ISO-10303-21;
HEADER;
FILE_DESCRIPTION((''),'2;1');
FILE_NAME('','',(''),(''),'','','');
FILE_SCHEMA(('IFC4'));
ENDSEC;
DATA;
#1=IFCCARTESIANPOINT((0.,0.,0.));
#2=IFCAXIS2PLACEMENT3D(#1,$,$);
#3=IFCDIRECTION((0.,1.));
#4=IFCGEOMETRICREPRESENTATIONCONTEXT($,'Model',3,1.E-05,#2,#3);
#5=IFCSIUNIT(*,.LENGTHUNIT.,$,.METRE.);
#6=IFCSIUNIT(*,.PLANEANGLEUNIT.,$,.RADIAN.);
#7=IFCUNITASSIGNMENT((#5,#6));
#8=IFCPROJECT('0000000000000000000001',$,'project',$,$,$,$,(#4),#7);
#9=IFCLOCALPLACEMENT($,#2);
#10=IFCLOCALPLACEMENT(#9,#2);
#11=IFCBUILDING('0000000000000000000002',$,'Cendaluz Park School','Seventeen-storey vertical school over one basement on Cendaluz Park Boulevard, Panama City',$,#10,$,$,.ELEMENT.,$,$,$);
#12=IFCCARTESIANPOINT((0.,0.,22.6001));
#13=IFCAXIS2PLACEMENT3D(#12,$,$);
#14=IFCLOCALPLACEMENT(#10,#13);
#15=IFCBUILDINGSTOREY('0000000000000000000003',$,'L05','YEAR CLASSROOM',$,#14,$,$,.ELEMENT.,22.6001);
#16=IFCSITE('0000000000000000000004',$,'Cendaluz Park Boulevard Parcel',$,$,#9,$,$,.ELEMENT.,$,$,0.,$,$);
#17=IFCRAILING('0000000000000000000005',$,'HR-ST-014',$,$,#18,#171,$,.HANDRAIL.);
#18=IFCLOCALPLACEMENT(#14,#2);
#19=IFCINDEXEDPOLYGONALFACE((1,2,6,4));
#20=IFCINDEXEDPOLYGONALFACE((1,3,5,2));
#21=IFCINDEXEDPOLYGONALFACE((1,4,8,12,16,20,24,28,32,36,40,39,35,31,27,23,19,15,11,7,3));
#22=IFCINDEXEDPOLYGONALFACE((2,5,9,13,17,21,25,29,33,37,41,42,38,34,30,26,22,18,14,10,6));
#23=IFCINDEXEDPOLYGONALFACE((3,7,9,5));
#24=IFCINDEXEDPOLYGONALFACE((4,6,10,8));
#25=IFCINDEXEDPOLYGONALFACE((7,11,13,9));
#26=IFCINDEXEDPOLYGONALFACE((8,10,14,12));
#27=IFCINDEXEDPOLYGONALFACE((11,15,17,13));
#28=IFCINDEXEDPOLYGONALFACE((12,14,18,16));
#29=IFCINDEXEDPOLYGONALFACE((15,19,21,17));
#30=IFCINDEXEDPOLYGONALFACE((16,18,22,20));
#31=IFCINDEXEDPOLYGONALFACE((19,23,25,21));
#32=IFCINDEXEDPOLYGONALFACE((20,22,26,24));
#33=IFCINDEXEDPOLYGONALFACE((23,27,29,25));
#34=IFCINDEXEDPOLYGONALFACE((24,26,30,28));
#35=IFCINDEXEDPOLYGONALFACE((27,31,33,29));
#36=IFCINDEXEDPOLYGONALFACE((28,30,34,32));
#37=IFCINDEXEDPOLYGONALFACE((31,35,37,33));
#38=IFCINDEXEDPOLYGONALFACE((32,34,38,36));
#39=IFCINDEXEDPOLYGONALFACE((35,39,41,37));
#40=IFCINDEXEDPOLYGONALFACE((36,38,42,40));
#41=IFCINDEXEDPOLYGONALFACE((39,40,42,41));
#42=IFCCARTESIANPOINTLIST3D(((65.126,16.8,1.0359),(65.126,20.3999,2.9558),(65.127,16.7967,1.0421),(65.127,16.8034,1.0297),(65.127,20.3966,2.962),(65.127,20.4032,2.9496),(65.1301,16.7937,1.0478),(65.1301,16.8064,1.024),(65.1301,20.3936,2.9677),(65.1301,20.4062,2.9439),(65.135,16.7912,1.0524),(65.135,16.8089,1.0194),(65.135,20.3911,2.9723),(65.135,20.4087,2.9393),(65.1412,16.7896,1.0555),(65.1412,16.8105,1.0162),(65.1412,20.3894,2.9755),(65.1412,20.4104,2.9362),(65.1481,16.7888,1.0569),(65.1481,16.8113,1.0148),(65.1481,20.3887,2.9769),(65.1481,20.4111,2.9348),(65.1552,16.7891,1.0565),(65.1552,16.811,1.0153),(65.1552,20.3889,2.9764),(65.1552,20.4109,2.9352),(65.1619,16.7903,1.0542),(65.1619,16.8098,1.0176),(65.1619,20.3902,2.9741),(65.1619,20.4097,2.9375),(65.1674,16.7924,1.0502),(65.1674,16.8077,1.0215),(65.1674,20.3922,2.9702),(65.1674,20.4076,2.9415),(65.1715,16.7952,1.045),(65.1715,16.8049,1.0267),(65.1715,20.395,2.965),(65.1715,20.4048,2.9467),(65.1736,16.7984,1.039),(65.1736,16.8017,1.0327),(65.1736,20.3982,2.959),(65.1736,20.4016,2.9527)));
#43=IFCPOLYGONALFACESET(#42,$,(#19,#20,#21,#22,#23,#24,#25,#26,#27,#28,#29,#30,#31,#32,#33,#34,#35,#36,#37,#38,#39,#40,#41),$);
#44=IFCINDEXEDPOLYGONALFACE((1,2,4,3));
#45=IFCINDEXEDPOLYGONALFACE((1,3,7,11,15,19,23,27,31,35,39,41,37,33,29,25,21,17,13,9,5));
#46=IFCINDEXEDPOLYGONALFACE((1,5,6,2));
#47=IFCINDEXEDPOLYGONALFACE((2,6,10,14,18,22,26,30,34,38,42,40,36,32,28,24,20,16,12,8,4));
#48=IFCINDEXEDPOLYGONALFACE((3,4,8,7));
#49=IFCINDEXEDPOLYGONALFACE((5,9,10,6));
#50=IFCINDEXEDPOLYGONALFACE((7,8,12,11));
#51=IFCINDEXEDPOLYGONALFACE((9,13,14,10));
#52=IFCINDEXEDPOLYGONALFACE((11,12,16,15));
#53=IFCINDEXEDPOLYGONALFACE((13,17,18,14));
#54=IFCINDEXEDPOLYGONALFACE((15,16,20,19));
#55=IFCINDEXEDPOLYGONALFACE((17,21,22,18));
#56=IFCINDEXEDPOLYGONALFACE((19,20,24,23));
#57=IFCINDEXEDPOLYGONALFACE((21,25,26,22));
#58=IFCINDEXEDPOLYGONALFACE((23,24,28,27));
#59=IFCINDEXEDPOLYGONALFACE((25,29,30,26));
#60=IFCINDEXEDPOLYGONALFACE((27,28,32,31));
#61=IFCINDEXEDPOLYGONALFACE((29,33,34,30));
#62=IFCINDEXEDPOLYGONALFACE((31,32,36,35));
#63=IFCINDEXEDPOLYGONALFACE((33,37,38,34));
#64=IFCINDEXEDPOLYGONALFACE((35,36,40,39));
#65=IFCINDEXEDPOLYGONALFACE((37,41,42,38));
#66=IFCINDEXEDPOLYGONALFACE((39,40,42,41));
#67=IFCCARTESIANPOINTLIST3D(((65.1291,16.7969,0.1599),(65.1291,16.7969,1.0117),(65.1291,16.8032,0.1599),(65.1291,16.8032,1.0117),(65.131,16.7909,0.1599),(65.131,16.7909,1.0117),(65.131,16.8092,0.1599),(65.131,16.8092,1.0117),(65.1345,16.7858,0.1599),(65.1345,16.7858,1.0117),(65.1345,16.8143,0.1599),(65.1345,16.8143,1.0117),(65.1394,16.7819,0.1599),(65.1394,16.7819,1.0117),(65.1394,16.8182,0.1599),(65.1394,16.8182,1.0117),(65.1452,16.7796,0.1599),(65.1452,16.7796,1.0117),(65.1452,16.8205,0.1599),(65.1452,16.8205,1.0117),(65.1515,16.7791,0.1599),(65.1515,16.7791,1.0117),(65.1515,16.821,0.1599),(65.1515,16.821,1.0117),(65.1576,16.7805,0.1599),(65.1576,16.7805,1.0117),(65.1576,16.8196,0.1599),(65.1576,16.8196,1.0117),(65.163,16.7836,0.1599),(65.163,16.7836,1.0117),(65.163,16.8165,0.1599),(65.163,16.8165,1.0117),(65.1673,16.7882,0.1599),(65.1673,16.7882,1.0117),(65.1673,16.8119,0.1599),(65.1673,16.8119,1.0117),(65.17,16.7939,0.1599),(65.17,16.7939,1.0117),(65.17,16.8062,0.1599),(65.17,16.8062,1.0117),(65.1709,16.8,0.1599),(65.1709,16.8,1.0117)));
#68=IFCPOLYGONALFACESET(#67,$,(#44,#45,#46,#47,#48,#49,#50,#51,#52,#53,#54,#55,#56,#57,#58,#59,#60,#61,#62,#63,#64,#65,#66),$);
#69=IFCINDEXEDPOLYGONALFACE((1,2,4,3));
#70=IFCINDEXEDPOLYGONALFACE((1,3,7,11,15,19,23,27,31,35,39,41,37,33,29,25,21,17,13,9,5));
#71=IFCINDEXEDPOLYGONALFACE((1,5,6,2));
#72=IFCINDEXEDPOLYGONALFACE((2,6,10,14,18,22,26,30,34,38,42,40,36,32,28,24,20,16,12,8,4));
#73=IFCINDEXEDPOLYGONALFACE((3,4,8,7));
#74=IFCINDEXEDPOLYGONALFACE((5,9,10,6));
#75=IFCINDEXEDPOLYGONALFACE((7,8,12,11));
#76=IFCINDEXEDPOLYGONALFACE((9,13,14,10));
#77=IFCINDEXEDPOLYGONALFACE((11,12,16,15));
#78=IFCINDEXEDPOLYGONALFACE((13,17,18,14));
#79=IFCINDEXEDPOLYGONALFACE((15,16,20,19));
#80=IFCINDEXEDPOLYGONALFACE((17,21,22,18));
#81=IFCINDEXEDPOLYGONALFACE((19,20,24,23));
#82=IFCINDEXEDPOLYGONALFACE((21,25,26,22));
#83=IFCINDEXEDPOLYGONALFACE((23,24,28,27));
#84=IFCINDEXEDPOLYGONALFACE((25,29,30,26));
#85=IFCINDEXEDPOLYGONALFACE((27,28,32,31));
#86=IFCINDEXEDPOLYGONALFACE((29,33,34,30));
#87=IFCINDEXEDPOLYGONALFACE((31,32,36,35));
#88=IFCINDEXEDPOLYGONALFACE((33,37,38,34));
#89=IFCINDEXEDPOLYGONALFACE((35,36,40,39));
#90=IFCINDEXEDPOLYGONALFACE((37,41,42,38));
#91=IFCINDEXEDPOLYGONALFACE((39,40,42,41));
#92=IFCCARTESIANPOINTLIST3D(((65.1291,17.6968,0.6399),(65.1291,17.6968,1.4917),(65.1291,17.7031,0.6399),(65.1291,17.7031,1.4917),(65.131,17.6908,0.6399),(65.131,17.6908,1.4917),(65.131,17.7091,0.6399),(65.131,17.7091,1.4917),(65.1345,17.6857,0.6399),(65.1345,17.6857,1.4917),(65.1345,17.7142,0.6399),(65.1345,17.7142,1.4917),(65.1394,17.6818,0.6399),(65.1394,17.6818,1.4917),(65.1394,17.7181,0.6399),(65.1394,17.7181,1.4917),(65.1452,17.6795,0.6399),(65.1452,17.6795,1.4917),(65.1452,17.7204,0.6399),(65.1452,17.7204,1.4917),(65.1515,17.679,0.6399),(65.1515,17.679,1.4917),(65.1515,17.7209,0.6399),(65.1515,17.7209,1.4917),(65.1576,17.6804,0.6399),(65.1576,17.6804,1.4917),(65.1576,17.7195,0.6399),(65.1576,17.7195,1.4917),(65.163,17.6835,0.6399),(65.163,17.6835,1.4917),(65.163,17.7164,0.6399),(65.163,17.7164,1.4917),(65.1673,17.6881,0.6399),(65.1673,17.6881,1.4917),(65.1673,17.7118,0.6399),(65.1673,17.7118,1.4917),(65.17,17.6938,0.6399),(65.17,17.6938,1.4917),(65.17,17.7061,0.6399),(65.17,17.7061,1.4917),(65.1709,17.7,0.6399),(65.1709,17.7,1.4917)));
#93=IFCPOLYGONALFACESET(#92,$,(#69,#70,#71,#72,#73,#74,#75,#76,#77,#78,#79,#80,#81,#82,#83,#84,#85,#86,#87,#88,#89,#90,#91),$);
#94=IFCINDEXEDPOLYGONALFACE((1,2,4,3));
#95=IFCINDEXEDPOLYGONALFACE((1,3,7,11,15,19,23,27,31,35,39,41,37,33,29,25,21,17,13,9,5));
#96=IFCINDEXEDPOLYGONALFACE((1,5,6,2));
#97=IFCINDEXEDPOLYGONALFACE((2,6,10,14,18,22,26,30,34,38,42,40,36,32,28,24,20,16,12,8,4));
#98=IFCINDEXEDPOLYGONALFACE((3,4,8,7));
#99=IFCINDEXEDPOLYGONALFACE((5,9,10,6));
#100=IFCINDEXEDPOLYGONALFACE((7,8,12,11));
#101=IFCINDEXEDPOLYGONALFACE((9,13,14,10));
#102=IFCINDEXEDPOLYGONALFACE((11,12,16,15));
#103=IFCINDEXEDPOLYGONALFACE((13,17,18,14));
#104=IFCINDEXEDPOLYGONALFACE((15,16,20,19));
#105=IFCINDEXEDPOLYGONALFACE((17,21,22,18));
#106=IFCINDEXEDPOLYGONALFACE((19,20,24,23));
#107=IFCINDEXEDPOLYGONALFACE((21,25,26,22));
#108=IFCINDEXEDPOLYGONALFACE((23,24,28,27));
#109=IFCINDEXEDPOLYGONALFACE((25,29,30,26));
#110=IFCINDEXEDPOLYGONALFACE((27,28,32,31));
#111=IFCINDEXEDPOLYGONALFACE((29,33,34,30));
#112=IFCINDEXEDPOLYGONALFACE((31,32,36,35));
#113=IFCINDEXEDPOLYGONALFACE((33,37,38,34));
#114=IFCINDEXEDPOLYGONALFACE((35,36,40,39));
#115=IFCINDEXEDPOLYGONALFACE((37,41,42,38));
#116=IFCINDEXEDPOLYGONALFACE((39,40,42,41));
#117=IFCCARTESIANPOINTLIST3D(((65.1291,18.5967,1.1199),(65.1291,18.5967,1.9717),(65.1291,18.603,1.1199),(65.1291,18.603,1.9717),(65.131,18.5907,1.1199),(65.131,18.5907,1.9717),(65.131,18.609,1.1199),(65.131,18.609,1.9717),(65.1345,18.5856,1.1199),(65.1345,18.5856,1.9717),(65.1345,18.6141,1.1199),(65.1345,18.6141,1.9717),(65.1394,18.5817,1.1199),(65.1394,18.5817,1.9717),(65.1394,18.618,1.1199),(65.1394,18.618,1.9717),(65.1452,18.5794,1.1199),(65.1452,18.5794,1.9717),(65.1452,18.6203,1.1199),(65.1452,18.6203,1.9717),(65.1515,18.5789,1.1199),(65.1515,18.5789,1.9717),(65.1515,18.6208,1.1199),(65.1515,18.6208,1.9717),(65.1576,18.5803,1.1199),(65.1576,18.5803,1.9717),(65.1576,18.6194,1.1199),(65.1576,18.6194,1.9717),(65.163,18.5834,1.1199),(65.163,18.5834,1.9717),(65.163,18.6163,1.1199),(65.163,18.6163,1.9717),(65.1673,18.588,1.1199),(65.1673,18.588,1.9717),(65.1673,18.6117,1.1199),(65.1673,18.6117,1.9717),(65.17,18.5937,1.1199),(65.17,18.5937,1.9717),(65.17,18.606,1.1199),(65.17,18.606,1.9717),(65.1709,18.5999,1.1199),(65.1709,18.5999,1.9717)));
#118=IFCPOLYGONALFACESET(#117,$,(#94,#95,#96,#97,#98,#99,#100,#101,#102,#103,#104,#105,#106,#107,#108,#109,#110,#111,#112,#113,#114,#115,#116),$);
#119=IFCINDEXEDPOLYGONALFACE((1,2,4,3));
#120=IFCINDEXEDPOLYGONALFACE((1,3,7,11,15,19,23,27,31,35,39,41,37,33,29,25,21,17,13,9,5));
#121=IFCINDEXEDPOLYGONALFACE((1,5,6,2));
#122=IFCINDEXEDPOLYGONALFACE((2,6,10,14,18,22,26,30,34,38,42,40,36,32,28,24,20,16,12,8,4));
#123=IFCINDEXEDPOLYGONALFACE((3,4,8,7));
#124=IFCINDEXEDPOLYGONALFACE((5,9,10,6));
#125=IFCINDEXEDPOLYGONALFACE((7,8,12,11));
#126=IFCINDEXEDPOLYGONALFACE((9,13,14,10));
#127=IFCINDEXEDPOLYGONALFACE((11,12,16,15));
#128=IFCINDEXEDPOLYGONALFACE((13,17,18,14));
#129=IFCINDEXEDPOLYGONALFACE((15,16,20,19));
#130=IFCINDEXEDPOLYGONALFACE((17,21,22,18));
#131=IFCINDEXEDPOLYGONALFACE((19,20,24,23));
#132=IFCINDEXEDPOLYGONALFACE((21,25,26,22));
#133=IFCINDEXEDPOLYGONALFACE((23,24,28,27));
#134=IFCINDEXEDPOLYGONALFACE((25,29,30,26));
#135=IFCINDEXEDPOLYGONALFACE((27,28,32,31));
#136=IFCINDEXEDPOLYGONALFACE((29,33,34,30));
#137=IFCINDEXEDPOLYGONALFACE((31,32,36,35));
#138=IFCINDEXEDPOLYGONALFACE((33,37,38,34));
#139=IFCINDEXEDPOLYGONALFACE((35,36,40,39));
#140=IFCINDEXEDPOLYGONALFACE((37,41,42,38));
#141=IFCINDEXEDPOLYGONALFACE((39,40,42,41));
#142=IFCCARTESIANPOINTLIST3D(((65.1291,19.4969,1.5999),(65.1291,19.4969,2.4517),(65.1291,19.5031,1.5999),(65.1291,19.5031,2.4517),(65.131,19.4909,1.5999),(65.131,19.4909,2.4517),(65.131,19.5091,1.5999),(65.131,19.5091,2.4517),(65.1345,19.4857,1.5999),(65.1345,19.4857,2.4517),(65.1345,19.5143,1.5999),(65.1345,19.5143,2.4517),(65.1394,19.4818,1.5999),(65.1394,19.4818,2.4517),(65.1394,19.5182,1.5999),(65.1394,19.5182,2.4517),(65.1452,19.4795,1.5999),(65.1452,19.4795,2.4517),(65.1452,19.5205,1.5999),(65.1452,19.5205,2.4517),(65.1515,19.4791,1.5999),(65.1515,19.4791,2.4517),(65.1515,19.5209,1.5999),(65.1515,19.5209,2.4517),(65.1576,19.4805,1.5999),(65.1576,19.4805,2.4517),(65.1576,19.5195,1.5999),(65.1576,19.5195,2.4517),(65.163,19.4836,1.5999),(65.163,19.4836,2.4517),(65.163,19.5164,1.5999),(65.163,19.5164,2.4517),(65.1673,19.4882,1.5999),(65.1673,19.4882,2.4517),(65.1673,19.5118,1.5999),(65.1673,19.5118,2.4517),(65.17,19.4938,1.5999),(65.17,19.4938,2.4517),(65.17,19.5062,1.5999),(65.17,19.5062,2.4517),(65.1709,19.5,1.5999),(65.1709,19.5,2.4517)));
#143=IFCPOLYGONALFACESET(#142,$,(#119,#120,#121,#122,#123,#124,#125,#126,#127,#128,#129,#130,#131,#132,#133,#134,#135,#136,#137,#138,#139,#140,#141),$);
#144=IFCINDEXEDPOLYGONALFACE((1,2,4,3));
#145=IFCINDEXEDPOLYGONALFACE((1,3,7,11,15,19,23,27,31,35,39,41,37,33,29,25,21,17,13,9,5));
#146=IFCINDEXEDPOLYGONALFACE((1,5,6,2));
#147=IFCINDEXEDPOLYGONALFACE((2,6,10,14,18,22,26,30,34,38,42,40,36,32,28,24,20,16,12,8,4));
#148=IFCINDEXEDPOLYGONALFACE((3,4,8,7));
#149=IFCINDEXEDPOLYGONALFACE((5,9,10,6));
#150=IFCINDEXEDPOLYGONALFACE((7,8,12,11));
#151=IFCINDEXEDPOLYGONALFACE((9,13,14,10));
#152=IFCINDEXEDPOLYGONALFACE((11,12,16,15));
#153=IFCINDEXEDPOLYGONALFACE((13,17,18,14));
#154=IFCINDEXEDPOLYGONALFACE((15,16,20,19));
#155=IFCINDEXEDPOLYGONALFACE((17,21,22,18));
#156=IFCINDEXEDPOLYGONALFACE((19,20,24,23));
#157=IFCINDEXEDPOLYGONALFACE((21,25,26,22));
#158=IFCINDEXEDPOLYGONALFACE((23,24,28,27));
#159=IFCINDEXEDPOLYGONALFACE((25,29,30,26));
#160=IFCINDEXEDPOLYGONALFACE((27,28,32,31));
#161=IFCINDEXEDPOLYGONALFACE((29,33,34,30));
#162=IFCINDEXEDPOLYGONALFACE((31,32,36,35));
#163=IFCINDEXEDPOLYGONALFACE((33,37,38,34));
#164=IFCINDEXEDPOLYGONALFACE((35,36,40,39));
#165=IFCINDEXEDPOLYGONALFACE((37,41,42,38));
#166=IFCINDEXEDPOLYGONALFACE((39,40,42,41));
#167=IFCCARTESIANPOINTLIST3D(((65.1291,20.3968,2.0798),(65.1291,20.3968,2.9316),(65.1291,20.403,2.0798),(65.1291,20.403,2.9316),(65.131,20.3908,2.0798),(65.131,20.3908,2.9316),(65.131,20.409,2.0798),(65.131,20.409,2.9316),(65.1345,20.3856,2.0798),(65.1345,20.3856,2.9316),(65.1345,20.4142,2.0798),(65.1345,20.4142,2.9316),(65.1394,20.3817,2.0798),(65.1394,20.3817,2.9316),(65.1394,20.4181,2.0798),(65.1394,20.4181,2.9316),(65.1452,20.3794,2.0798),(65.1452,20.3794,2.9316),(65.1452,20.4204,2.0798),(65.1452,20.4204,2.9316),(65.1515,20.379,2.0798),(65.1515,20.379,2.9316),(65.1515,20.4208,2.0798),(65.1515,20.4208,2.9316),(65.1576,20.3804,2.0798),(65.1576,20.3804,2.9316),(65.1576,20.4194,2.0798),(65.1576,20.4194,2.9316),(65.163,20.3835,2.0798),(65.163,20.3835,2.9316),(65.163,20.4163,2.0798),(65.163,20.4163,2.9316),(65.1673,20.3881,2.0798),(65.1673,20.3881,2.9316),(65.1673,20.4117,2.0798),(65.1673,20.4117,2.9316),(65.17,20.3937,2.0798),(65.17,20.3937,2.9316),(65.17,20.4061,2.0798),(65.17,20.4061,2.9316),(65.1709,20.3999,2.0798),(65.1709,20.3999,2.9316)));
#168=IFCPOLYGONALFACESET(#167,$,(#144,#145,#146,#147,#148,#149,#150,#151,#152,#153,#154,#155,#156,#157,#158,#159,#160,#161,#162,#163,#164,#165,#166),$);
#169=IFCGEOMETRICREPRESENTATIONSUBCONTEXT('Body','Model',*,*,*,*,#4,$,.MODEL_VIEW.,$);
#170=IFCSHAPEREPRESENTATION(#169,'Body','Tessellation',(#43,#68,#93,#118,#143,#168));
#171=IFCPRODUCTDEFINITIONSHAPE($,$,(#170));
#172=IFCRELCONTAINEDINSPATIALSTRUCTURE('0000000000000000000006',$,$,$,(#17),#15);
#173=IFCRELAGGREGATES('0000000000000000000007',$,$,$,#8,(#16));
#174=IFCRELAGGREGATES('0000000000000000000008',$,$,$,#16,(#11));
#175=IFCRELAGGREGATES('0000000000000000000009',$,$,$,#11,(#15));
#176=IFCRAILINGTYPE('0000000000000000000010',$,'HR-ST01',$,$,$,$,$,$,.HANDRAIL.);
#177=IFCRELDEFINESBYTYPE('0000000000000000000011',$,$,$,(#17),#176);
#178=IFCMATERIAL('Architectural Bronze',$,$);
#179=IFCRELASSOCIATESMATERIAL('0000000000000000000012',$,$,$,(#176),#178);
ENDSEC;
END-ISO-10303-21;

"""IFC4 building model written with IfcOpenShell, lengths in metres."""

from ifc_helpers import new_model, si_unit, direction, frame, origin, origin_2d, place, context, subcontext, project, spatial, circle, extrude, material, type_object, element, save


model = new_model("IFC4")

# Units and contexts
model_context = context("Model", 3, precision=1e-05, world=origin(), true_north=direction((0.0, 1.0)))
body_context = subcontext(model_context, "Body", "Model", "MODEL_VIEW")
ifc_project = project(units=[si_unit("LENGTHUNIT", "METRE"), si_unit("PLANEANGLEUNIT", "RADIAN")], contexts=[model_context])

# Site, building, storey
site_placement = place(None, origin())
site = spatial("IfcSite", under=ifc_project, at=site_placement, Name="Cendaluz Park Boulevard Parcel", CompositionType="ELEMENT", RefElevation=0.0)
building_placement = place(site_placement, origin())
building = spatial("IfcBuilding", under=site, at=building_placement, Name="Cendaluz Park School", Description="Seventeen-storey vertical school over one basement on Cendaluz Park Boulevard, Panama City", CompositionType="ELEMENT")
storey_placement = place(building_placement, frame((0.0, 0.0, 22.6001)))
storey = spatial("IfcBuildingStorey", under=building, at=storey_placement, Name="L05", Description="YEAR CLASSROOM", CompositionType="ELEMENT", Elevation=22.6001)

# Railing
ifc_material_1 = material(Name="Architectural Bronze")
railing_type_1 = type_object("IfcRailingType", Name="HR-ST01", PredefinedType="HANDRAIL", material=ifc_material_1)
railing_1_placement = place(storey_placement, frame((65.1499, 16.8, 0.1599)))
element("IfcRailing", 1, at=railing_1_placement, inside=storey, type_object=railing_type_1, Name="HR-ST-014", PredefinedType="HANDRAIL", context=body_context, shape_type="SweptSolid", body=[
    extrude(circle(Radius=0.0239, at=origin_2d()), frame((0.0, 0.0, 0.876), z_axis=(0.0, 0.882353, 0.470588), x_axis=(-1.0, 0.0, 0.0)), (0.0, 0.0, 1.0), 4.0798),
    extrude(circle(Radius=0.021, at=origin_2d()), origin(), (0.0, 0.0, 1.0), 0.8518),
    extrude(circle(Radius=0.021, at=origin_2d()), frame((0.0, 0.8999, 0.48)), (0.0, 0.0, 1.0), 0.8518),
    extrude(circle(Radius=0.021, at=origin_2d()), frame((0.0, 1.7998, 0.96)), (0.0, 0.0, 1.0), 0.8518),
    extrude(circle(Radius=0.021, at=origin_2d()), frame((0.0, 2.7, 1.4399)), (0.0, 0.0, 1.0), 0.8518),
    extrude(circle(Radius=0.021, at=origin_2d()), frame((0.0, 3.5999, 1.9199)), (0.0, 0.0, 1.0), 0.8518),
])

save(model, "model.ifc")
